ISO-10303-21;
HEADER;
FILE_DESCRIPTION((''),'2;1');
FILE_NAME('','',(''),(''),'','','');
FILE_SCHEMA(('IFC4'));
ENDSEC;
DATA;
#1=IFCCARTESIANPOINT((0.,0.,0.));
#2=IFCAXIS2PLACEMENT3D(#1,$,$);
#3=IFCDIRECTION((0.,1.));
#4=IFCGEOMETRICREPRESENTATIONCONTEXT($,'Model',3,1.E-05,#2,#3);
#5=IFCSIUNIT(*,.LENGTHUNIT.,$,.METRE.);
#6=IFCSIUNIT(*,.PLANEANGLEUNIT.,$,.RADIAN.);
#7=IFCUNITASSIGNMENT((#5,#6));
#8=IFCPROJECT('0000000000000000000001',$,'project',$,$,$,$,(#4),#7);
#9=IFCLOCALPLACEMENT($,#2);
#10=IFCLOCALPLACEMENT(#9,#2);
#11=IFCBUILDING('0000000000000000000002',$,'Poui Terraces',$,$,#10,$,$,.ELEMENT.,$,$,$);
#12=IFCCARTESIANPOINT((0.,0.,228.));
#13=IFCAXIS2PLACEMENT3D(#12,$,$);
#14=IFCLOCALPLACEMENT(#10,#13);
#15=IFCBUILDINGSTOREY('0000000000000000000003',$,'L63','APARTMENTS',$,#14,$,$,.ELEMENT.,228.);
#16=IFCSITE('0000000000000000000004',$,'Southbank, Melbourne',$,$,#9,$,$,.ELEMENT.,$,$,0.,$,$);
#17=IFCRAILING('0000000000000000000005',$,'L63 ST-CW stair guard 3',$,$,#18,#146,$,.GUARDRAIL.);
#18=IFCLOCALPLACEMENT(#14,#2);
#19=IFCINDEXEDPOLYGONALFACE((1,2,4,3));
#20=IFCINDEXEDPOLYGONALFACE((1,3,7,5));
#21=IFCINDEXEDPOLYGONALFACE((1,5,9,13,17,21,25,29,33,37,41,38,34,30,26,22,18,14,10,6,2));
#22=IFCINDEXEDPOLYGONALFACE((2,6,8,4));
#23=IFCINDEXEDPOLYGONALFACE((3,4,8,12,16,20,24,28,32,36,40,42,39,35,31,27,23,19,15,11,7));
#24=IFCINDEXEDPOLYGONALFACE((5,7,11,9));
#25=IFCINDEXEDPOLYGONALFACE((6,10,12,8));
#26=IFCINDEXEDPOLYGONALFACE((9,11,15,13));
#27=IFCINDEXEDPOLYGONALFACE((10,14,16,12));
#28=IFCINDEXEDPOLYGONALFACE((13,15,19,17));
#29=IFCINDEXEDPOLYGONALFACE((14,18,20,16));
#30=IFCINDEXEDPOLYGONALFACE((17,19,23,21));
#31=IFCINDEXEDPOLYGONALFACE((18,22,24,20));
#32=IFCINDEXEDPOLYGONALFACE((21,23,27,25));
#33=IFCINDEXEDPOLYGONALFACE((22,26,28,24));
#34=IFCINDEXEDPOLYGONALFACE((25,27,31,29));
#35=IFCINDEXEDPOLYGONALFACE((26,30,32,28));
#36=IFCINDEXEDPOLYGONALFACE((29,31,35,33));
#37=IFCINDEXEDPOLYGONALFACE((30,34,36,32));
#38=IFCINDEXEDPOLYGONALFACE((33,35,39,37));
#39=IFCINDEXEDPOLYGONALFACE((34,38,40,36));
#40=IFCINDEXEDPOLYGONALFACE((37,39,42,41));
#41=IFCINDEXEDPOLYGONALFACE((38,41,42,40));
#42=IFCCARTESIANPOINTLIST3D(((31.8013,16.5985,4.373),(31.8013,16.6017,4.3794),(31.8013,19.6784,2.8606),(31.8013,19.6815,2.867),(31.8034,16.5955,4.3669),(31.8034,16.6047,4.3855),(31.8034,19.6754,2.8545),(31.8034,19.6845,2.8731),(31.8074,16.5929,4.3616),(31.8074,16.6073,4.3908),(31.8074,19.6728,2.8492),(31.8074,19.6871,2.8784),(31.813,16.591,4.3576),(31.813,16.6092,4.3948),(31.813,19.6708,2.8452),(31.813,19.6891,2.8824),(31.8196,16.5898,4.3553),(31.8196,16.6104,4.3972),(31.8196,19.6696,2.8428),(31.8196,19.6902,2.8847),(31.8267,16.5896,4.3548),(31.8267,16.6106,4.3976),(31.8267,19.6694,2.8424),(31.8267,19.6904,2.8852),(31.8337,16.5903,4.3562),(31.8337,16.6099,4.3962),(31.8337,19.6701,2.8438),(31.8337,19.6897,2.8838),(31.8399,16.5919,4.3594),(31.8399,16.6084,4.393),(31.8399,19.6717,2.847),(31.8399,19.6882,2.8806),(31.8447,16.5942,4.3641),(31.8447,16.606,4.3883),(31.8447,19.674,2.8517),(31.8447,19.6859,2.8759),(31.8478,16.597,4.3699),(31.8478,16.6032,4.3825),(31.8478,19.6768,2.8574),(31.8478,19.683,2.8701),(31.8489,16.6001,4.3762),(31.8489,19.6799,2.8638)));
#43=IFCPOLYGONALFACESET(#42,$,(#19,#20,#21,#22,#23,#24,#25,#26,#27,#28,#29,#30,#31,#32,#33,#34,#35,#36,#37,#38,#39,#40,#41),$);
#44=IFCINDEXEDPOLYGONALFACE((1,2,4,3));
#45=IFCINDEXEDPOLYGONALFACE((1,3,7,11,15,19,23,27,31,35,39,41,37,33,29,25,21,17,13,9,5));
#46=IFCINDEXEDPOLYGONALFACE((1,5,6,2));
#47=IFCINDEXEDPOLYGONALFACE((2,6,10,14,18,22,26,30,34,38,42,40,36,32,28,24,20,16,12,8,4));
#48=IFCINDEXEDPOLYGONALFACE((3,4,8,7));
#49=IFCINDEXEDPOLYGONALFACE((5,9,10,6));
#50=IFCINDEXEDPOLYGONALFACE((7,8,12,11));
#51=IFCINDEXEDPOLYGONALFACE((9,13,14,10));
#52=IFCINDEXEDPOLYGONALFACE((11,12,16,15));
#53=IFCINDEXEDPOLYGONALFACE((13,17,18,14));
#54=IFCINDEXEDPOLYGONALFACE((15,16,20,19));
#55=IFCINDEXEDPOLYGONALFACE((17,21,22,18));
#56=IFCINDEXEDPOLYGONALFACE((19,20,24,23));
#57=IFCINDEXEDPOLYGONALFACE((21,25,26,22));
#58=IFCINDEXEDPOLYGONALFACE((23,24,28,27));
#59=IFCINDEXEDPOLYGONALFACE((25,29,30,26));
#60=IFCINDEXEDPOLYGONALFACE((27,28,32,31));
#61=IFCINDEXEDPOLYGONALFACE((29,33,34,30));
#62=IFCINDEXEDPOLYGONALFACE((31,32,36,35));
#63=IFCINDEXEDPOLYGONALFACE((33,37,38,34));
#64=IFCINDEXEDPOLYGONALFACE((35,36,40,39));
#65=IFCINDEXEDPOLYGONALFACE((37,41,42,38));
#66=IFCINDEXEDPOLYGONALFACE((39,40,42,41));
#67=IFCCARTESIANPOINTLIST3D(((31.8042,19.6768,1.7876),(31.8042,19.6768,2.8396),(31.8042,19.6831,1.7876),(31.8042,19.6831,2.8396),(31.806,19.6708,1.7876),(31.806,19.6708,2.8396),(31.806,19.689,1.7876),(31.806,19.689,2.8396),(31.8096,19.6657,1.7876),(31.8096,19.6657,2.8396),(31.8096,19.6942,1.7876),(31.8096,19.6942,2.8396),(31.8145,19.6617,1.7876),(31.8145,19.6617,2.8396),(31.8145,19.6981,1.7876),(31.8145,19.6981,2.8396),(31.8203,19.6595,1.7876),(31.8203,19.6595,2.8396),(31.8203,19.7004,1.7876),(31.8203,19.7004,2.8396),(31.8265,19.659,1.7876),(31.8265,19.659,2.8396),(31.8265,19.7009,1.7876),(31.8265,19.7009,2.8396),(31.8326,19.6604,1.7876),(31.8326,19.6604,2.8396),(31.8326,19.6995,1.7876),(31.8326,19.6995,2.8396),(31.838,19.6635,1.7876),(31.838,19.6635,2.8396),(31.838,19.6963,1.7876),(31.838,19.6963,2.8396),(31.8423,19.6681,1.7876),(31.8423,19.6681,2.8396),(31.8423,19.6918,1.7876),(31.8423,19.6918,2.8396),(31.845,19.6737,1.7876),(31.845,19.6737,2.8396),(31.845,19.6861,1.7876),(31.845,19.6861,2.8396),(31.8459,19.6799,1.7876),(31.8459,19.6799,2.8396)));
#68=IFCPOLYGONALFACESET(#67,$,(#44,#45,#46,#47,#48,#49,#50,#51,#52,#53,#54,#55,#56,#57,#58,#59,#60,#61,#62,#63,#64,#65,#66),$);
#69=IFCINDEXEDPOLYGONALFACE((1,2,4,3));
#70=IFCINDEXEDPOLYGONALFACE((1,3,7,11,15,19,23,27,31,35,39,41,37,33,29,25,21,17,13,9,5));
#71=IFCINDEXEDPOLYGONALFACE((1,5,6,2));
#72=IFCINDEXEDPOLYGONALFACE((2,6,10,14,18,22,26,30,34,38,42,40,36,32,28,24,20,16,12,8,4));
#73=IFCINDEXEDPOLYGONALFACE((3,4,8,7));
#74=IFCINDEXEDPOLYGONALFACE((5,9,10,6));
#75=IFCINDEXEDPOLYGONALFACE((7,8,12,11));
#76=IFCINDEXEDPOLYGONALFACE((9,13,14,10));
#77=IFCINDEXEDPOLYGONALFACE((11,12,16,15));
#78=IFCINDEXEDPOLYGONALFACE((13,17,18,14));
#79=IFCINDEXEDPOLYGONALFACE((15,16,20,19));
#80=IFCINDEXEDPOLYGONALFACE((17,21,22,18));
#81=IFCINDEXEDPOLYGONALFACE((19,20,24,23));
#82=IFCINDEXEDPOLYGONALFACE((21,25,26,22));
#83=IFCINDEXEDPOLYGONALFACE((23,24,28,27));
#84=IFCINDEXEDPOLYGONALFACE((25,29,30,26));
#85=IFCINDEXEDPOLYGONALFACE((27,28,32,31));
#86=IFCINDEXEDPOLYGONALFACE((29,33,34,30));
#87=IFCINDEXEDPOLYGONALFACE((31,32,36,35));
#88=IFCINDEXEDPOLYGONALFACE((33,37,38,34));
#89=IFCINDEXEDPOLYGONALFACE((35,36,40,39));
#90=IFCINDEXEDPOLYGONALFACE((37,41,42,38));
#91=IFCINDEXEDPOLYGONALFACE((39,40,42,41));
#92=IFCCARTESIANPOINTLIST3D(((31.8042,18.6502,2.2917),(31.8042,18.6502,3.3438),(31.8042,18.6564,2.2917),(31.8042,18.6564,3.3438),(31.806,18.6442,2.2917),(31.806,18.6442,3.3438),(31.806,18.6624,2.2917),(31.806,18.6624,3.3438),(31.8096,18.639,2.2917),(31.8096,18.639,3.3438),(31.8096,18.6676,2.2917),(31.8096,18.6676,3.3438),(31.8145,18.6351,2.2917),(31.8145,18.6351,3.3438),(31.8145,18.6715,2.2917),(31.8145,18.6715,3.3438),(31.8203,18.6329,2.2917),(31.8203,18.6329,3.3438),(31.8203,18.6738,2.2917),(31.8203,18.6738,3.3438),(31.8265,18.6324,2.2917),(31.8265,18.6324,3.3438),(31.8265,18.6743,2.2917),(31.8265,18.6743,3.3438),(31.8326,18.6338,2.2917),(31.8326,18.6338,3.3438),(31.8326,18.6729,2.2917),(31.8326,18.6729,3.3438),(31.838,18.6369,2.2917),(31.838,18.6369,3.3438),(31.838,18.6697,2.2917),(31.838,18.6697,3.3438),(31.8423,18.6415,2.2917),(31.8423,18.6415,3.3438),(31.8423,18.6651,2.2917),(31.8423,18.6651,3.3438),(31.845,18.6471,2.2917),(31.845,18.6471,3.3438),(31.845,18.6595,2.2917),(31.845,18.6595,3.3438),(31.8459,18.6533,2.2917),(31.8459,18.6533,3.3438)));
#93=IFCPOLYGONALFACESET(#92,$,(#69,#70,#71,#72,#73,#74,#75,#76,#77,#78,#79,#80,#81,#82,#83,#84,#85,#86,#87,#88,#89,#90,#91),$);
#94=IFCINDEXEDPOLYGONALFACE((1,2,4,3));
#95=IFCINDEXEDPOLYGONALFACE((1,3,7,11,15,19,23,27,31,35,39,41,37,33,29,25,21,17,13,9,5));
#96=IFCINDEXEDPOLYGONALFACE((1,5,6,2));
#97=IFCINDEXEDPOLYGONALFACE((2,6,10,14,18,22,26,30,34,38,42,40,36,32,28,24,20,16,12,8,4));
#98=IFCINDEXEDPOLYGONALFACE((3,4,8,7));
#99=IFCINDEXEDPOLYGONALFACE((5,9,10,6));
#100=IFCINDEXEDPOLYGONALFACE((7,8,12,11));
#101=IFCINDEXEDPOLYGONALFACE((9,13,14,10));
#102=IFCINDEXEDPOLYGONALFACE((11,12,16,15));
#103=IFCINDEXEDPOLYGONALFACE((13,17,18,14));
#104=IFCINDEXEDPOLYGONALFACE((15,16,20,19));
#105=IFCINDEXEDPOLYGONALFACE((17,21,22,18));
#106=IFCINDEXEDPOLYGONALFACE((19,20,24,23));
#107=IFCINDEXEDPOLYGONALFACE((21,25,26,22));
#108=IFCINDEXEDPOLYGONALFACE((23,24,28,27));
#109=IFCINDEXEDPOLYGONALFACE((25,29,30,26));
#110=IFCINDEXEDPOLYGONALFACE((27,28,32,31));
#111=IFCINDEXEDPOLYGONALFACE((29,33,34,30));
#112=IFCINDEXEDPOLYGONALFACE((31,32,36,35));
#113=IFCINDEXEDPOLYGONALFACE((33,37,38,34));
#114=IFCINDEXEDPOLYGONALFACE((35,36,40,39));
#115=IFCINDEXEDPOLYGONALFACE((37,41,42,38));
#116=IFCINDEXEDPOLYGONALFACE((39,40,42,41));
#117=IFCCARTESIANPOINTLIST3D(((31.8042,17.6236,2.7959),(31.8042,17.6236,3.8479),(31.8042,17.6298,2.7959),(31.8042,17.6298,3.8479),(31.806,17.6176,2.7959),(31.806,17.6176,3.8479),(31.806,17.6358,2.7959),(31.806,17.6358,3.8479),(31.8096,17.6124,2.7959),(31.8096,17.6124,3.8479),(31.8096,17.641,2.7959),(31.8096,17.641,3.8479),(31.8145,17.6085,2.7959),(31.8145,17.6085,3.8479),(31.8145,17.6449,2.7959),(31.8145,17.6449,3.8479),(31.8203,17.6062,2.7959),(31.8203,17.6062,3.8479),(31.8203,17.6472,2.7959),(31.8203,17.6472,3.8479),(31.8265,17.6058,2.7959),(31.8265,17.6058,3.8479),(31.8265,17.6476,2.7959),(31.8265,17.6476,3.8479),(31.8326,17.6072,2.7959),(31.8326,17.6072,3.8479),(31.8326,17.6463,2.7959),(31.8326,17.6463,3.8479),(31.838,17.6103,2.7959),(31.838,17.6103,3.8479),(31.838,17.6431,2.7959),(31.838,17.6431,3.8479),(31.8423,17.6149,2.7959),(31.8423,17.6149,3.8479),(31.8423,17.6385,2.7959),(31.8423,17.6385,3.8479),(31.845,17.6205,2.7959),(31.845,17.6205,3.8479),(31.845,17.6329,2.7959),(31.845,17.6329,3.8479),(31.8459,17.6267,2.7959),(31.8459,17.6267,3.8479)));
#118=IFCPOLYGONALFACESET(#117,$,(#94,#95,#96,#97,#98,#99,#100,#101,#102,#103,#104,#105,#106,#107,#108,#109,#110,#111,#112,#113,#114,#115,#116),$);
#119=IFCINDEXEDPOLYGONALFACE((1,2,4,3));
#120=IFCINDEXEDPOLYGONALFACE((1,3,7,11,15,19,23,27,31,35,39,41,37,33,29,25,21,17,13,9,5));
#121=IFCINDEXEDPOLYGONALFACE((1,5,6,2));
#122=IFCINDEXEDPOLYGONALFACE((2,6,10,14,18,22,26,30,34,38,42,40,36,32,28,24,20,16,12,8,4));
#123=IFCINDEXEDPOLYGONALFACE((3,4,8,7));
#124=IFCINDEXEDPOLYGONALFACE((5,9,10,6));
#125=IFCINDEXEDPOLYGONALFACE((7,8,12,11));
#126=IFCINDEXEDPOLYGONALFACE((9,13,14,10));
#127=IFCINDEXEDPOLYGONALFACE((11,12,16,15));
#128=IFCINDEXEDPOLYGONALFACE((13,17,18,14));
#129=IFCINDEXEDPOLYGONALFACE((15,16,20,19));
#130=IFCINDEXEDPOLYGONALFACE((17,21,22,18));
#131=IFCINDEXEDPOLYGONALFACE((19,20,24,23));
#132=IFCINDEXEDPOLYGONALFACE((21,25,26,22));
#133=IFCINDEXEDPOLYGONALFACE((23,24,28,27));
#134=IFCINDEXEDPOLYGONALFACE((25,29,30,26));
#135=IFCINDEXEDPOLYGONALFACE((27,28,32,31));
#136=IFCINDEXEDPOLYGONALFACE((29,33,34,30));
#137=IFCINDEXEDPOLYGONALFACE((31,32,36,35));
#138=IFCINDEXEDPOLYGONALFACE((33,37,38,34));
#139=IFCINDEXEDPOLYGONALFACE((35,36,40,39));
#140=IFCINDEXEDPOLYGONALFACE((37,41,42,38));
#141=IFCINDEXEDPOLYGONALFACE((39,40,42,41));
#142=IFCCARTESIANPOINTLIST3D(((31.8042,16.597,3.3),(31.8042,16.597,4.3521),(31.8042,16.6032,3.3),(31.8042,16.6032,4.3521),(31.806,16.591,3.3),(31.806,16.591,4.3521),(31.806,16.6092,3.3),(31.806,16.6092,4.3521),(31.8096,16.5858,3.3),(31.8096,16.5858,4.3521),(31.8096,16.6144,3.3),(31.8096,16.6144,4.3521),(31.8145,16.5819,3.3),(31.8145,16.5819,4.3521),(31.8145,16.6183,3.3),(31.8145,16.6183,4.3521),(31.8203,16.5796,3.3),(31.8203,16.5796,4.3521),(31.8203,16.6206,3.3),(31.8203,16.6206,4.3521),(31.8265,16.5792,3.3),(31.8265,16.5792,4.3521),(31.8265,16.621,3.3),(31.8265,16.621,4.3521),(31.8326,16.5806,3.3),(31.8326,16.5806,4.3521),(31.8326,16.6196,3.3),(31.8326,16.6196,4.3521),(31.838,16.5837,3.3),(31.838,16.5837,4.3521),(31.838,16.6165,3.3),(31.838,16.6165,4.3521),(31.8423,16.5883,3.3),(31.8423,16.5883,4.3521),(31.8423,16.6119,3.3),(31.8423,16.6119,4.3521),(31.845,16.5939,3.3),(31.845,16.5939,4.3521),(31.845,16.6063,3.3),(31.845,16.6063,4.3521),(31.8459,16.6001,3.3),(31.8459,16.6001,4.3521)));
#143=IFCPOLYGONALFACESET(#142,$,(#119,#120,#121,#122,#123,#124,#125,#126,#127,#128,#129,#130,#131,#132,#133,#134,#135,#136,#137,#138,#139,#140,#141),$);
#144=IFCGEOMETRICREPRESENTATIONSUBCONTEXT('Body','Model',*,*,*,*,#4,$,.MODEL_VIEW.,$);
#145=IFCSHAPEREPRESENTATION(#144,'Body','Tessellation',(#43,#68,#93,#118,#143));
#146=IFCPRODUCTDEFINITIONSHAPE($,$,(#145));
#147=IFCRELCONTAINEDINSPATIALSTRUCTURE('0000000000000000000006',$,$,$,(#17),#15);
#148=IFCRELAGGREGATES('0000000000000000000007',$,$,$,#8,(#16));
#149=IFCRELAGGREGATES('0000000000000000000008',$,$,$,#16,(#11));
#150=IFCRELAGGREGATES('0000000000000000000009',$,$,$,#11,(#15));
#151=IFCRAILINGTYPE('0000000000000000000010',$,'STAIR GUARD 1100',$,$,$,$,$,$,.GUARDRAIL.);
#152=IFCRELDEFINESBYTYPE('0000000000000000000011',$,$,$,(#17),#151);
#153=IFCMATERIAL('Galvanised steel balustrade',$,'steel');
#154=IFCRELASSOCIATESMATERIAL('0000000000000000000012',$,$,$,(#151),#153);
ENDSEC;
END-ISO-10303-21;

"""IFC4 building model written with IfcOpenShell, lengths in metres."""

from ifc_helpers import new_model, si_unit, direction, frame, origin, origin_2d, place, context, subcontext, project, spatial, circle, extrude, material, type_object, element, save


model = new_model("IFC4")

# Units and contexts
model_context = context("Model", 3, precision=1e-05, world=origin(), true_north=direction((0.0, 1.0)))
body_context = subcontext(model_context, "Body", "Model", "MODEL_VIEW")
ifc_project = project(units=[si_unit("LENGTHUNIT", "METRE"), si_unit("PLANEANGLEUNIT", "RADIAN")], contexts=[model_context])

# Site, building, storey
site_placement = place(None, origin())
site = spatial("IfcSite", under=ifc_project, at=site_placement, Name="Southbank, Melbourne", CompositionType="ELEMENT", RefElevation=0.0)
building_placement = place(site_placement, origin())
building = spatial("IfcBuilding", under=site, at=building_placement, Name="Poui Terraces", CompositionType="ELEMENT")
storey_placement = place(building_placement, frame((0.0, 0.0, 228.0)))
storey = spatial("IfcBuildingStorey", under=building, at=storey_placement, Name="L63", Description="APARTMENTS", CompositionType="ELEMENT", Elevation=228.0)

# Railing
ifc_material_1 = material(Name="Galvanised steel balustrade", Category="steel")
railing_type_1 = type_object("IfcRailingType", Name="STAIR GUARD 1100", PredefinedType="GUARDRAIL", material=ifc_material_1)
railing_1_placement = place(storey_placement, frame((31.825, 19.6799, 1.7876)))
element("IfcRailing", 1, at=railing_1_placement, inside=storey, type_object=railing_type_1, Name="L63 ST-CW stair guard 3", PredefinedType="GUARDRAIL", context=body_context, shape_type="SweptSolid", body=[
    extrude(circle(Radius=0.0239, at=origin_2d()), frame((0.0, 0.0, 1.0762), z_axis=(0.0, -0.897606, 0.440798), x_axis=(1.0, 0.0, 0.0)), (0.0, 0.0, 1.0), 3.4312),
    extrude(circle(Radius=0.021, at=origin_2d()), origin(), (0.0, 0.0, 1.0), 1.052),
    extrude(circle(Radius=0.021, at=origin_2d()), frame((0.0, -1.0266, 0.5042)), (0.0, 0.0, 1.0), 1.052),
    extrude(circle(Radius=0.021, at=origin_2d()), frame((0.0, -2.0532, 1.0083)), (0.0, 0.0, 1.0), 1.052),
    extrude(circle(Radius=0.021, at=origin_2d()), frame((0.0, -3.0798, 1.5125)), (0.0, 0.0, 1.0), 1.052),
])

save(model, "model.ifc")
